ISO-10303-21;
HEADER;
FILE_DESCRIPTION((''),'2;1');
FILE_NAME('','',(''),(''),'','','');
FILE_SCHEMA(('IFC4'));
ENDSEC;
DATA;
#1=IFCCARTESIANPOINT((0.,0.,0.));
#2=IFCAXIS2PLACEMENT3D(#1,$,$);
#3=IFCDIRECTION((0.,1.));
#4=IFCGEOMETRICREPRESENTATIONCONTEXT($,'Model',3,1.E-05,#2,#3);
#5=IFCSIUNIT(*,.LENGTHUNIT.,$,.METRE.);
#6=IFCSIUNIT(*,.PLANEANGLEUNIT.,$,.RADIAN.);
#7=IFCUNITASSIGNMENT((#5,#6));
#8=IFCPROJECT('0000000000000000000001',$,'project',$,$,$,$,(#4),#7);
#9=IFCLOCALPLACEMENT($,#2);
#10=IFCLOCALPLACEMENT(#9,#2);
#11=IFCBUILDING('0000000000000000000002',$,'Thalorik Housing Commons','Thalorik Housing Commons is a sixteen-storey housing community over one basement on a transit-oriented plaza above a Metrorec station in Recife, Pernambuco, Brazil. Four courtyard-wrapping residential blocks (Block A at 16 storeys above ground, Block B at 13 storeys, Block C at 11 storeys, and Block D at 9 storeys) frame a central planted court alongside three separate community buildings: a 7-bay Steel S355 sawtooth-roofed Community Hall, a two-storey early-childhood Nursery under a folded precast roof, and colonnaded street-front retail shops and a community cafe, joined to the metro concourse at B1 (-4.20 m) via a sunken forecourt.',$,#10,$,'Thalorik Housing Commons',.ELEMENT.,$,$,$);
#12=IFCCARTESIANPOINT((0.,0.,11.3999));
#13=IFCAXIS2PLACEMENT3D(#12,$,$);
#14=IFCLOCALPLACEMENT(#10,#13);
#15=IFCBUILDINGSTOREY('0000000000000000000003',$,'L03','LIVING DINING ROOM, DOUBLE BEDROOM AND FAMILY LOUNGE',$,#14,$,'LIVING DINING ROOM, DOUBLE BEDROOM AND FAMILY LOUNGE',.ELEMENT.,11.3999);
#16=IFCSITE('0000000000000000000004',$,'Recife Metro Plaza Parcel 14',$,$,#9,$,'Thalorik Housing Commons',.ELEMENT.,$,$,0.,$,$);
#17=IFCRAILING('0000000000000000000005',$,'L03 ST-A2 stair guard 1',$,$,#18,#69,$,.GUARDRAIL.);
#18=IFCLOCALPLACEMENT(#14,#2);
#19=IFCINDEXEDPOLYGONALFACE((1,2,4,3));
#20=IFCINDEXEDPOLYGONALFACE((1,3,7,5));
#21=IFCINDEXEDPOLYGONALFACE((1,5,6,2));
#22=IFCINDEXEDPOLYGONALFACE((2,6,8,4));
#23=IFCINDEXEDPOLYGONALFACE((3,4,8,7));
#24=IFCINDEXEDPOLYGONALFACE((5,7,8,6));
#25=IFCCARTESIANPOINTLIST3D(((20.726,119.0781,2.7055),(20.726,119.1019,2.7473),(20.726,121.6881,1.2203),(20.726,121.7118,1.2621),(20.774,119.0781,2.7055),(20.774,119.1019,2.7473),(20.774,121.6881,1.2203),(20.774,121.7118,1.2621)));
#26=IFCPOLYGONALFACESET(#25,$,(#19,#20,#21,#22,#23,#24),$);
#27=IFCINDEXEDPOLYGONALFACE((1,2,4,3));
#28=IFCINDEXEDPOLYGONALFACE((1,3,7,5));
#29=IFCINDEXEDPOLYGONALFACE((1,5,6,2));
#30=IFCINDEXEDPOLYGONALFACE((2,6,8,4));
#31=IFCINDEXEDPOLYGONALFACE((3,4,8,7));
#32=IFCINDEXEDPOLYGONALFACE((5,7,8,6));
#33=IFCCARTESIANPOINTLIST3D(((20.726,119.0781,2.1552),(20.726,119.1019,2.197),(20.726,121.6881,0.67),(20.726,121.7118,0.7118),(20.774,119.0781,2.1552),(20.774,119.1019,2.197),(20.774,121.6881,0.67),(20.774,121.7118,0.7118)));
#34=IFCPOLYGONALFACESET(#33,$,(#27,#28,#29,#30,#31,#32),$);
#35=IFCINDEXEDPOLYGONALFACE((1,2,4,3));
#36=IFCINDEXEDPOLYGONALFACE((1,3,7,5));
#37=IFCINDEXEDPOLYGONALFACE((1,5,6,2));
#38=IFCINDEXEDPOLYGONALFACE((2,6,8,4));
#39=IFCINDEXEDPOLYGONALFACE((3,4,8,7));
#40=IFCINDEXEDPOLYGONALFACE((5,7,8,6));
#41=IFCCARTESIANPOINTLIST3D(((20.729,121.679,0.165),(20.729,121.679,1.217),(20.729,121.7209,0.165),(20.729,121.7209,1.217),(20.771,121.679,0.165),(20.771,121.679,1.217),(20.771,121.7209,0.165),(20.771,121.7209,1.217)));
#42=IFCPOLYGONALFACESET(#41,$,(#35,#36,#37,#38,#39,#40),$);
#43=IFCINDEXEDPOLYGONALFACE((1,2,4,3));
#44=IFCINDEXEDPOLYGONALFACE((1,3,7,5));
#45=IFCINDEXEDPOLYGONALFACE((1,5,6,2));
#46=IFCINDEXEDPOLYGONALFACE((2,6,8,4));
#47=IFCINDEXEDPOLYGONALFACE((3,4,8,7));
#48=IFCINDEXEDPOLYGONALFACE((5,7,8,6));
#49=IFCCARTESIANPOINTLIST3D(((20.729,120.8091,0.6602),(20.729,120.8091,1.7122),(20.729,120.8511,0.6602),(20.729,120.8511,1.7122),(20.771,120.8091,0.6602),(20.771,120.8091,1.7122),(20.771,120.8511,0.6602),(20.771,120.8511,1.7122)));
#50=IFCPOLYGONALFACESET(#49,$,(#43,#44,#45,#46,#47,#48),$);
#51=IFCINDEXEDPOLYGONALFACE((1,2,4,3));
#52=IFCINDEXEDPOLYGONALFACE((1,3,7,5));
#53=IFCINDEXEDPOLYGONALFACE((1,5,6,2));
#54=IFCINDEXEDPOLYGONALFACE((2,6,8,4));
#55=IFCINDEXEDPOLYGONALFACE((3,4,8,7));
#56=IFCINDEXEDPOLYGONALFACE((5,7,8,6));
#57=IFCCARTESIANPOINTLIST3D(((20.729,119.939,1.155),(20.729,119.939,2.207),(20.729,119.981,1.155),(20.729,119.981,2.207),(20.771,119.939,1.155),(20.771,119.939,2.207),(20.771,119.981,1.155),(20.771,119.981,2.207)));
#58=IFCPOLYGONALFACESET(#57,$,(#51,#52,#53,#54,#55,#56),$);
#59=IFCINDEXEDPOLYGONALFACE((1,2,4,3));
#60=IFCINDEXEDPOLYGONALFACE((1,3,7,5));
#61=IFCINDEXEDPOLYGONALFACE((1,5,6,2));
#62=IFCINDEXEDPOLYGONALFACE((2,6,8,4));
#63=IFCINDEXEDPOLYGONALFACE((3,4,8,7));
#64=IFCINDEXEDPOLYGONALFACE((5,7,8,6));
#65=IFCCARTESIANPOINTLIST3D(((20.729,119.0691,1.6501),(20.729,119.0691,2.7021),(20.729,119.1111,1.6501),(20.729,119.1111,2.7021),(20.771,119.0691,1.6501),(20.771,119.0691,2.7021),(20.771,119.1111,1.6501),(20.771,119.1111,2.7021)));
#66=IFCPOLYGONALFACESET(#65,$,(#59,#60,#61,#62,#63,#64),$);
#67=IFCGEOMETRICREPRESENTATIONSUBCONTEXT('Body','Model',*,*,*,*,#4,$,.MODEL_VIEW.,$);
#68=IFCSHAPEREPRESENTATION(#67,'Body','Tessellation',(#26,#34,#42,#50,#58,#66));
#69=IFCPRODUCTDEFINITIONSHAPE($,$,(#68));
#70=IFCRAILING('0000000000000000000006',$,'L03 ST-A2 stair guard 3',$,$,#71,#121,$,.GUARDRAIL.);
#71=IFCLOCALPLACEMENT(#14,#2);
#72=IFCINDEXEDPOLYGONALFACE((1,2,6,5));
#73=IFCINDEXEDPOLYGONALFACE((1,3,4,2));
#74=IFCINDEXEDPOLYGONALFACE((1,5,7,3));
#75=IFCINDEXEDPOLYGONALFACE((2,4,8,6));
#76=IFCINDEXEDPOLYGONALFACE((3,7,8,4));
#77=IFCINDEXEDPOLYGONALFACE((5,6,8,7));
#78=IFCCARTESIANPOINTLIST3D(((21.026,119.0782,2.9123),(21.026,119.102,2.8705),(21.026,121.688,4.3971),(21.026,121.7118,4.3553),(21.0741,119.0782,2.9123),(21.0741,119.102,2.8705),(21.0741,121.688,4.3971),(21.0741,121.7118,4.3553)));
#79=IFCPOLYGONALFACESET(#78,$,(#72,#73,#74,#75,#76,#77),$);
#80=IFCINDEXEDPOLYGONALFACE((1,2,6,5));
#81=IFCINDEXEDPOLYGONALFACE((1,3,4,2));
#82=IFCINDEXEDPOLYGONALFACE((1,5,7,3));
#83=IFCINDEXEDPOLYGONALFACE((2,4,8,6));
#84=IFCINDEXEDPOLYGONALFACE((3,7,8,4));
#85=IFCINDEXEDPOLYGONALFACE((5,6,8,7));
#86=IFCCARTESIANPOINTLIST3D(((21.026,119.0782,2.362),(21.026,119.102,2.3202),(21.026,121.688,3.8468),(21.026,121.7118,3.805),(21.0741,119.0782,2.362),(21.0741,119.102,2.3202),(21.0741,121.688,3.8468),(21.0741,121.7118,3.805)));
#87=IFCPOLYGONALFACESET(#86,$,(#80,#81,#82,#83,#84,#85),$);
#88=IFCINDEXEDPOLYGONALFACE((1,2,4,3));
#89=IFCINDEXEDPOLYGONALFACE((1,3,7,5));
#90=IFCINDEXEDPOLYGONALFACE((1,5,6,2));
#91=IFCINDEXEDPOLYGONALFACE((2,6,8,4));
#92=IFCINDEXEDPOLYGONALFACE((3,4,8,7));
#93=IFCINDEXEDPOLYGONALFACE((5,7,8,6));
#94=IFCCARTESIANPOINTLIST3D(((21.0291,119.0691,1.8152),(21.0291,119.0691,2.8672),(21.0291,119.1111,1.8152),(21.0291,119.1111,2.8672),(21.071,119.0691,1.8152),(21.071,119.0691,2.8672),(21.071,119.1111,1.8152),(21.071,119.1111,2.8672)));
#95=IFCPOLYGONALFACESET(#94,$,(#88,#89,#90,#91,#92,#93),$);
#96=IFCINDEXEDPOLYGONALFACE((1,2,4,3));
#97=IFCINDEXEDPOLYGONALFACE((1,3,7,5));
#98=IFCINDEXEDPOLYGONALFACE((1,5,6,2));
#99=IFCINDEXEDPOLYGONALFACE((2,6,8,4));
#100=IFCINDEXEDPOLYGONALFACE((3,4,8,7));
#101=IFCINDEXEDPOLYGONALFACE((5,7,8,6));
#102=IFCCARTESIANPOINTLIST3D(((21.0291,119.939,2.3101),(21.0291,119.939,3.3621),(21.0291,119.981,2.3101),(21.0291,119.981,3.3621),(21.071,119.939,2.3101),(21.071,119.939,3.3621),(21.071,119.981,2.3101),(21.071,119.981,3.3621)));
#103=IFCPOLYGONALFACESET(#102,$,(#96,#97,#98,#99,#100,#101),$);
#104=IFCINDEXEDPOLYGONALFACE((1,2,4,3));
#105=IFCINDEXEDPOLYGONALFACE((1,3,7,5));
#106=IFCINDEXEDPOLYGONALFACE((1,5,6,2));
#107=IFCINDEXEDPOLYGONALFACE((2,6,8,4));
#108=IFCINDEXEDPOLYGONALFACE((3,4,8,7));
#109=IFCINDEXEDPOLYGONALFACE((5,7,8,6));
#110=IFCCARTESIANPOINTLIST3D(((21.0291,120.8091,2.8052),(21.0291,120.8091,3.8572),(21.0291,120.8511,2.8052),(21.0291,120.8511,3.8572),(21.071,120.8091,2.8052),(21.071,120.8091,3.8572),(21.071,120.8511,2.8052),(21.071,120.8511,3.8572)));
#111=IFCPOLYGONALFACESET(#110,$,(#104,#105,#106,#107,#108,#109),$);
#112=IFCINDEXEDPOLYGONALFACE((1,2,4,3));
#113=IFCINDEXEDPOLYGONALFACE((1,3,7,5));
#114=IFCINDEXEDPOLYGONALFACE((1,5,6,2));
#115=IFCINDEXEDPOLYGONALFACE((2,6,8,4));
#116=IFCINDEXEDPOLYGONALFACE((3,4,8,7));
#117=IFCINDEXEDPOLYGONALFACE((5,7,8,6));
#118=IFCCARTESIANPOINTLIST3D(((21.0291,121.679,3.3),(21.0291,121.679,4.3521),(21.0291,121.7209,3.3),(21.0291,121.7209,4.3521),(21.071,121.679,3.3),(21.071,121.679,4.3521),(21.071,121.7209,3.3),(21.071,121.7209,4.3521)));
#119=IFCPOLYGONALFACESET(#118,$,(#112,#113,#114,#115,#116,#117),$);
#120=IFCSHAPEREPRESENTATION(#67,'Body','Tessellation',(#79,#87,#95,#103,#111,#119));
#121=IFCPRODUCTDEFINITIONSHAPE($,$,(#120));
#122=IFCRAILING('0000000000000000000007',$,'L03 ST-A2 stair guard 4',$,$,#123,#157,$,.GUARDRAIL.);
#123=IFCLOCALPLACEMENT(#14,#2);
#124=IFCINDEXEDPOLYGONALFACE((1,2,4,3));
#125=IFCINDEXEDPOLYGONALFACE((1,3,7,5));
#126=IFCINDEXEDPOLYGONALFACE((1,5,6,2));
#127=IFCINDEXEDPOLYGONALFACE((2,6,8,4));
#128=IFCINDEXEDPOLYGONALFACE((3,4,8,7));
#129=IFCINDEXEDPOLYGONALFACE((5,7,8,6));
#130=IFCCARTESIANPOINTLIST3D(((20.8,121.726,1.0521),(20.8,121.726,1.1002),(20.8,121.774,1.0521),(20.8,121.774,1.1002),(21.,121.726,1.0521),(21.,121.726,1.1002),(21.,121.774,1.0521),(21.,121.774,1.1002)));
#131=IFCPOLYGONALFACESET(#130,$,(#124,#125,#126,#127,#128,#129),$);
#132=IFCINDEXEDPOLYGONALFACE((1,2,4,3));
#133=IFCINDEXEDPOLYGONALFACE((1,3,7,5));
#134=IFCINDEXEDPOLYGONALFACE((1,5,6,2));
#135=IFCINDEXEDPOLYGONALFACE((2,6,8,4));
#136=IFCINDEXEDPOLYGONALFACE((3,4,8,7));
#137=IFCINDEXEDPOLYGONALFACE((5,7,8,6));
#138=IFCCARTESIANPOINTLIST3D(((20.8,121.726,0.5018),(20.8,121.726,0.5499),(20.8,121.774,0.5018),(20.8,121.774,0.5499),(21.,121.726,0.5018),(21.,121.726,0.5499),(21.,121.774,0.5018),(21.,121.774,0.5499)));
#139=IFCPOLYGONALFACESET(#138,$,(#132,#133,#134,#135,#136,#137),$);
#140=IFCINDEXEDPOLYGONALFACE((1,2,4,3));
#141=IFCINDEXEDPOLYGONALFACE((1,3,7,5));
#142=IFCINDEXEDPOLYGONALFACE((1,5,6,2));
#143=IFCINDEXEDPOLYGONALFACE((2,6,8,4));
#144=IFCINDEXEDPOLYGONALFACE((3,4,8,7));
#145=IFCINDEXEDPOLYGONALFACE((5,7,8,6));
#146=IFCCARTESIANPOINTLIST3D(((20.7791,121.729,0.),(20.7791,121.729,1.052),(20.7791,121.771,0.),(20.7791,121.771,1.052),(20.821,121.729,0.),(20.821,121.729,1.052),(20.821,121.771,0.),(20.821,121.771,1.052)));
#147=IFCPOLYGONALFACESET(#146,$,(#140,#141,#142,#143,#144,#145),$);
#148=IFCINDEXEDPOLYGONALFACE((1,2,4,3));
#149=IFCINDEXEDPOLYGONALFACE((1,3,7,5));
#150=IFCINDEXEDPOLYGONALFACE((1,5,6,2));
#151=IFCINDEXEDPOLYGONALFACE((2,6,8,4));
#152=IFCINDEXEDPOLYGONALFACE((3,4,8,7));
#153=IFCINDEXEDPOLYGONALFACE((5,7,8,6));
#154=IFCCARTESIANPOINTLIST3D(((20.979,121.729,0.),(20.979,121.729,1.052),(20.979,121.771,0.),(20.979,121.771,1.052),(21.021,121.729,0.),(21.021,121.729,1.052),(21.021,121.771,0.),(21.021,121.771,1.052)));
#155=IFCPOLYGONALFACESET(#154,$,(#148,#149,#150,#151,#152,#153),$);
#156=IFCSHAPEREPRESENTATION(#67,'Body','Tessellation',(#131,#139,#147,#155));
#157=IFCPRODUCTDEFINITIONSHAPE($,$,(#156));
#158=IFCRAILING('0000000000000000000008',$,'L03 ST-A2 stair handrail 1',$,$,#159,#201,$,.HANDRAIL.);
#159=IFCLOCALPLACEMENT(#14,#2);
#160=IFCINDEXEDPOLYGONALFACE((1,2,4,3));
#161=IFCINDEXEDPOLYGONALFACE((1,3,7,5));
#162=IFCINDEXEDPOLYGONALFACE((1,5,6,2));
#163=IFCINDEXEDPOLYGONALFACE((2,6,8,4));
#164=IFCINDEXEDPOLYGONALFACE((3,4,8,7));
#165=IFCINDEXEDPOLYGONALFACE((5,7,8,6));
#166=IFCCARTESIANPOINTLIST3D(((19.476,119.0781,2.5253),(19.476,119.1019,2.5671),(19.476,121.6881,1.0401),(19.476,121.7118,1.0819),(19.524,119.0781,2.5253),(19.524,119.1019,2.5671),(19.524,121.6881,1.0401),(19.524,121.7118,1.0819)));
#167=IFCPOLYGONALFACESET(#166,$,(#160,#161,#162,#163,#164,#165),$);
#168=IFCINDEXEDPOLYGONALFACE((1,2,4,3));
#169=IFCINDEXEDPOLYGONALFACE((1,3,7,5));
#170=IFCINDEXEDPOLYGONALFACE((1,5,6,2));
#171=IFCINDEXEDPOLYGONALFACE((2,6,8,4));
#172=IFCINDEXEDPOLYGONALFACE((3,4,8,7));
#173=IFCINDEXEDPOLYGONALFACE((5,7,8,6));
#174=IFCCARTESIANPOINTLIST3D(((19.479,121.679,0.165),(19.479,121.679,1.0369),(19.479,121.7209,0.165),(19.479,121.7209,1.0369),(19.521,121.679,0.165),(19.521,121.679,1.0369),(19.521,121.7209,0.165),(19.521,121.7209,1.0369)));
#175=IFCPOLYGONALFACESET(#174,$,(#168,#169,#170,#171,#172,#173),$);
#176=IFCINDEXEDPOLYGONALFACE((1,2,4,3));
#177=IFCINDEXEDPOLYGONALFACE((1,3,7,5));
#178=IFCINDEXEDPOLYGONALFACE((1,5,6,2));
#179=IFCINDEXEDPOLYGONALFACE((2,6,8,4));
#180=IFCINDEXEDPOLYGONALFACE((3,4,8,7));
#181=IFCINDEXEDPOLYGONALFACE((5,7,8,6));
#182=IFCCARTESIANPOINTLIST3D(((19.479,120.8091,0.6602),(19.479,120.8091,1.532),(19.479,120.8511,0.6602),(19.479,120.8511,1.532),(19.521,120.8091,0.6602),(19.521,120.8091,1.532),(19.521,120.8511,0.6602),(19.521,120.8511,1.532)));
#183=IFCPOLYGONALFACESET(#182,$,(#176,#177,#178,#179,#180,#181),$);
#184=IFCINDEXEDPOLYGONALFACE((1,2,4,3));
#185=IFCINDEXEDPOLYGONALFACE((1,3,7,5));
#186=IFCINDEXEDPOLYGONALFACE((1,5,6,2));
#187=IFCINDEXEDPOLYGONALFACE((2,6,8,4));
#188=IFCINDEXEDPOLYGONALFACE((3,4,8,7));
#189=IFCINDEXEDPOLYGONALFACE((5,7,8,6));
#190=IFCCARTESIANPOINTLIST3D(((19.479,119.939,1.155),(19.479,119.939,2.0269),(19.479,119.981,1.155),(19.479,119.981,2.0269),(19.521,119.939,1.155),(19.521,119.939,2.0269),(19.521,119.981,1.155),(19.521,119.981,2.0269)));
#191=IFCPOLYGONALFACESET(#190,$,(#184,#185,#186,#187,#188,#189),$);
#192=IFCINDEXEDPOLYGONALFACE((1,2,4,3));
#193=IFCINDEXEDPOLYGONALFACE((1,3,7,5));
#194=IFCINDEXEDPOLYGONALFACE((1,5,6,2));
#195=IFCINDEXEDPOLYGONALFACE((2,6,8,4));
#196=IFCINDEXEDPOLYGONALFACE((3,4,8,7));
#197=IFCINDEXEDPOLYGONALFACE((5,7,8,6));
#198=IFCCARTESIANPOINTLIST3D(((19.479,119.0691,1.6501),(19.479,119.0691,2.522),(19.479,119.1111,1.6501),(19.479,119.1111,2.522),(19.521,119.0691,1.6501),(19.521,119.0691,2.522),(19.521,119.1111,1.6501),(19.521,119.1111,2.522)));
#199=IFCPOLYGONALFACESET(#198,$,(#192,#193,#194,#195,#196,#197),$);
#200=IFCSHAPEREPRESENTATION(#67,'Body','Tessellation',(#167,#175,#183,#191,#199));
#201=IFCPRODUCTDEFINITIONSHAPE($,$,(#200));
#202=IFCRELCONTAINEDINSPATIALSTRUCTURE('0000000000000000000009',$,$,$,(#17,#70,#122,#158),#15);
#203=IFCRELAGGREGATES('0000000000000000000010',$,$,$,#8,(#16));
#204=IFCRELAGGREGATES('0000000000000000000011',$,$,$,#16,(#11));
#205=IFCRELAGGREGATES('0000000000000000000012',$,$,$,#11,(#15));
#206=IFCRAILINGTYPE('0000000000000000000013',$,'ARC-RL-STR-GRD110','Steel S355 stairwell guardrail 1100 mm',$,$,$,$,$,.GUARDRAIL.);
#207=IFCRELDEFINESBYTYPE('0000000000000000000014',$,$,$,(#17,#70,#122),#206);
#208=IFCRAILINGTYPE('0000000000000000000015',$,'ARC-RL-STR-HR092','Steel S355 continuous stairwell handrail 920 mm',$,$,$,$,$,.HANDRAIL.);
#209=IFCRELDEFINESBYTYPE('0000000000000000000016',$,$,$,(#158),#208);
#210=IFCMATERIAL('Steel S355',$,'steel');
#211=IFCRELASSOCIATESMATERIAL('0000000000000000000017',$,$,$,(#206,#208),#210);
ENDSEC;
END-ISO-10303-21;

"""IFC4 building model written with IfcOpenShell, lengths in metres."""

from ifc_helpers import new_model, si_unit, direction, frame, origin, origin_2d, place, context, subcontext, project, spatial, rectangle, extrude, material, type_object, element, save


model = new_model("IFC4")

# Units and contexts
model_context = context("Model", 3, precision=1e-05, world=origin(), true_north=direction((0.0, 1.0)))
body_context = subcontext(model_context, "Body", "Model", "MODEL_VIEW")
ifc_project = project(units=[si_unit("LENGTHUNIT", "METRE"), si_unit("PLANEANGLEUNIT", "RADIAN")], contexts=[model_context])

# Site, building, storey
site_placement = place(None, origin())
site = spatial("IfcSite", under=ifc_project, at=site_placement, Name="Recife Metro Plaza Parcel 14", LongName="Thalorik Housing Commons", CompositionType="ELEMENT", RefElevation=0.0)
building_placement = place(site_placement, origin())
building = spatial("IfcBuilding", under=site, at=building_placement, Name="Thalorik Housing Commons", Description="Thalorik Housing Commons is a sixteen-storey housing community over one basement on a transit-oriented plaza above a Metrorec station in Recife, Pernambuco, Brazil. Four courtyard-wrapping residential blocks (Block A at 16 storeys above ground, Block B at 13 storeys, Block C at 11 storeys, and Block D at 9 storeys) frame a central planted court alongside three separate community buildings: a 7-bay Steel S355 sawtooth-roofed Community Hall, a two-storey early-childhood Nursery under a folded precast roof, and colonnaded street-front retail shops and a community cafe, joined to the metro concourse at B1 (-4.20 m) via a sunken forecourt.", LongName="Thalorik Housing Commons", CompositionType="ELEMENT")
storey_placement = place(building_placement, frame((0.0, 0.0, 11.3999)))
storey = spatial("IfcBuildingStorey", under=building, at=storey_placement, Name="L03", Description="LIVING DINING ROOM, DOUBLE BEDROOM AND FAMILY LOUNGE", LongName="LIVING DINING ROOM, DOUBLE BEDROOM AND FAMILY LOUNGE", CompositionType="ELEMENT", Elevation=11.3999)

# Shared definitions
ifc_material_1 = material(Name="Steel S355", Category="steel")

# Railings
railing_type_1 = type_object("IfcRailingType", Name="ARC-RL-STR-GRD110", Description="Steel S355 stairwell guardrail 1100 mm", PredefinedType="GUARDRAIL", material=ifc_material_1)
railing_1_placement = place(storey_placement, frame((20.75, 121.7, 0.165)))
element("IfcRailing", 1, at=railing_1_placement, inside=storey, type_object=railing_type_1, Name="L03 ST-A2 stair guard 1", PredefinedType="GUARDRAIL", context=body_context, shape_type="SweptSolid", body=[
    extrude(rectangle(XDim=0.0481, YDim=0.0481, at=origin_2d()), frame((0.0, 0.0, 1.0762), z_axis=(0.0, -0.869137, 0.494571), x_axis=(1.0, 0.0, 0.0)), (0.0, 0.0, 1.0), 3.0029),
    extrude(rectangle(XDim=0.0481, YDim=0.0481, at=origin_2d()), frame((0.0, 0.0, 0.5259), z_axis=(0.0, -0.869137, 0.494571), x_axis=(1.0, 0.0, 0.0)), (0.0, 0.0, 1.0), 3.0029),
    extrude(rectangle(XDim=0.042, YDim=0.042, at=origin_2d()), origin(), (0.0, 0.0, 1.0), 1.052),
    extrude(rectangle(XDim=0.042, YDim=0.042, at=origin_2d()), frame((0.0, -0.8699, 0.4951)), (0.0, 0.0, 1.0), 1.052),
    extrude(rectangle(XDim=0.042, YDim=0.042, at=origin_2d()), frame((0.0, -1.74, 0.99)), (0.0, 0.0, 1.0), 1.052),
    extrude(rectangle(XDim=0.042, YDim=0.042, at=origin_2d()), frame((0.0, -2.6099, 1.4851)), (0.0, 0.0, 1.0), 1.052),
])
railing_2_placement = place(storey_placement, frame((21.05, 119.0901, 1.8152)))
element("IfcRailing", 2, at=railing_2_placement, inside=storey, type_object=railing_type_1, Name="L03 ST-A2 stair guard 3", PredefinedType="GUARDRAIL", context=body_context, shape_type="SweptSolid", body=[
    extrude(rectangle(XDim=0.0481, YDim=0.0481, at=origin_2d()), frame((0.0, 0.0, 1.0762), z_axis=(0.0, 0.869172, 0.494509), x_axis=(-1.0, 0.0, 0.0)), (0.0, 0.0, 1.0), 3.0027),
    extrude(rectangle(XDim=0.0481, YDim=0.0481, at=origin_2d()), frame((0.0, 0.0, 0.5259), z_axis=(0.0, 0.869172, 0.494509), x_axis=(-1.0, 0.0, 0.0)), (0.0, 0.0, 1.0), 3.0027),
    extrude(rectangle(XDim=0.042, YDim=0.042, at=origin_2d()), origin(), (0.0, 0.0, 1.0), 1.052),
    extrude(rectangle(XDim=0.042, YDim=0.042, at=origin_2d()), frame((0.0, 0.8699, 0.4949)), (0.0, 0.0, 1.0), 1.052),
    extrude(rectangle(XDim=0.042, YDim=0.042, at=origin_2d()), frame((0.0, 1.74, 0.99)), (0.0, 0.0, 1.0), 1.052),
    extrude(rectangle(XDim=0.042, YDim=0.042, at=origin_2d()), frame((0.0, 2.6099, 1.4849)), (0.0, 0.0, 1.0), 1.052),
])
railing_3_placement = place(storey_placement, frame((20.8, 121.75, 0.0)))
element("IfcRailing", 3, at=railing_3_placement, inside=storey, type_object=railing_type_1, Name="L03 ST-A2 stair guard 4", PredefinedType="GUARDRAIL", context=body_context, shape_type="SweptSolid", body=[
    extrude(rectangle(XDim=0.0481, YDim=0.0481, at=origin_2d()), frame((0.0, 0.0, 1.0762), z_axis=(1.0, 0.0, 0.0), x_axis=(0.0, 1.0, 0.0)), (0.0, 0.0, 1.0), 0.2),
    extrude(rectangle(XDim=0.0481, YDim=0.0481, at=origin_2d()), frame((0.0, 0.0, 0.5259), z_axis=(1.0, 0.0, 0.0), x_axis=(0.0, 1.0, 0.0)), (0.0, 0.0, 1.0), 0.2),
    extrude(rectangle(XDim=0.042, YDim=0.042, at=origin_2d()), origin(), (0.0, 0.0, 1.0), 1.052),
    extrude(rectangle(XDim=0.042, YDim=0.042, at=origin_2d()), frame((0.2, 0.0, 0.0)), (0.0, 0.0, 1.0), 1.052),
])
railing_type_2 = type_object("IfcRailingType", Name="ARC-RL-STR-HR092", Description="Steel S355 continuous stairwell handrail 920 mm", PredefinedType="HANDRAIL", material=ifc_material_1)
railing_4_placement = place(storey_placement, frame((19.5, 121.7, 0.165)))
element("IfcRailing", 4, at=railing_4_placement, inside=storey, type_object=railing_type_2, Name="L03 ST-A2 stair handrail 1", PredefinedType="HANDRAIL", context=body_context, shape_type="SweptSolid", body=[
    extrude(rectangle(XDim=0.0481, YDim=0.0481, at=origin_2d()), frame((0.0, 0.0, 0.896), z_axis=(0.0, -0.869137, 0.494571), x_axis=(1.0, 0.0, 0.0)), (0.0, 0.0, 1.0), 3.0029),
    extrude(rectangle(XDim=0.042, YDim=0.042, at=origin_2d()), origin(), (0.0, 0.0, 1.0), 0.8718),
    extrude(rectangle(XDim=0.042, YDim=0.042, at=origin_2d()), frame((0.0, -0.8699, 0.4951)), (0.0, 0.0, 1.0), 0.8718),
    extrude(rectangle(XDim=0.042, YDim=0.042, at=origin_2d()), frame((0.0, -1.74, 0.99)), (0.0, 0.0, 1.0), 0.8718),
    extrude(rectangle(XDim=0.042, YDim=0.042, at=origin_2d()), frame((0.0, -2.6099, 1.4851)), (0.0, 0.0, 1.0), 0.8718),
])

save(model, "model.ifc")
